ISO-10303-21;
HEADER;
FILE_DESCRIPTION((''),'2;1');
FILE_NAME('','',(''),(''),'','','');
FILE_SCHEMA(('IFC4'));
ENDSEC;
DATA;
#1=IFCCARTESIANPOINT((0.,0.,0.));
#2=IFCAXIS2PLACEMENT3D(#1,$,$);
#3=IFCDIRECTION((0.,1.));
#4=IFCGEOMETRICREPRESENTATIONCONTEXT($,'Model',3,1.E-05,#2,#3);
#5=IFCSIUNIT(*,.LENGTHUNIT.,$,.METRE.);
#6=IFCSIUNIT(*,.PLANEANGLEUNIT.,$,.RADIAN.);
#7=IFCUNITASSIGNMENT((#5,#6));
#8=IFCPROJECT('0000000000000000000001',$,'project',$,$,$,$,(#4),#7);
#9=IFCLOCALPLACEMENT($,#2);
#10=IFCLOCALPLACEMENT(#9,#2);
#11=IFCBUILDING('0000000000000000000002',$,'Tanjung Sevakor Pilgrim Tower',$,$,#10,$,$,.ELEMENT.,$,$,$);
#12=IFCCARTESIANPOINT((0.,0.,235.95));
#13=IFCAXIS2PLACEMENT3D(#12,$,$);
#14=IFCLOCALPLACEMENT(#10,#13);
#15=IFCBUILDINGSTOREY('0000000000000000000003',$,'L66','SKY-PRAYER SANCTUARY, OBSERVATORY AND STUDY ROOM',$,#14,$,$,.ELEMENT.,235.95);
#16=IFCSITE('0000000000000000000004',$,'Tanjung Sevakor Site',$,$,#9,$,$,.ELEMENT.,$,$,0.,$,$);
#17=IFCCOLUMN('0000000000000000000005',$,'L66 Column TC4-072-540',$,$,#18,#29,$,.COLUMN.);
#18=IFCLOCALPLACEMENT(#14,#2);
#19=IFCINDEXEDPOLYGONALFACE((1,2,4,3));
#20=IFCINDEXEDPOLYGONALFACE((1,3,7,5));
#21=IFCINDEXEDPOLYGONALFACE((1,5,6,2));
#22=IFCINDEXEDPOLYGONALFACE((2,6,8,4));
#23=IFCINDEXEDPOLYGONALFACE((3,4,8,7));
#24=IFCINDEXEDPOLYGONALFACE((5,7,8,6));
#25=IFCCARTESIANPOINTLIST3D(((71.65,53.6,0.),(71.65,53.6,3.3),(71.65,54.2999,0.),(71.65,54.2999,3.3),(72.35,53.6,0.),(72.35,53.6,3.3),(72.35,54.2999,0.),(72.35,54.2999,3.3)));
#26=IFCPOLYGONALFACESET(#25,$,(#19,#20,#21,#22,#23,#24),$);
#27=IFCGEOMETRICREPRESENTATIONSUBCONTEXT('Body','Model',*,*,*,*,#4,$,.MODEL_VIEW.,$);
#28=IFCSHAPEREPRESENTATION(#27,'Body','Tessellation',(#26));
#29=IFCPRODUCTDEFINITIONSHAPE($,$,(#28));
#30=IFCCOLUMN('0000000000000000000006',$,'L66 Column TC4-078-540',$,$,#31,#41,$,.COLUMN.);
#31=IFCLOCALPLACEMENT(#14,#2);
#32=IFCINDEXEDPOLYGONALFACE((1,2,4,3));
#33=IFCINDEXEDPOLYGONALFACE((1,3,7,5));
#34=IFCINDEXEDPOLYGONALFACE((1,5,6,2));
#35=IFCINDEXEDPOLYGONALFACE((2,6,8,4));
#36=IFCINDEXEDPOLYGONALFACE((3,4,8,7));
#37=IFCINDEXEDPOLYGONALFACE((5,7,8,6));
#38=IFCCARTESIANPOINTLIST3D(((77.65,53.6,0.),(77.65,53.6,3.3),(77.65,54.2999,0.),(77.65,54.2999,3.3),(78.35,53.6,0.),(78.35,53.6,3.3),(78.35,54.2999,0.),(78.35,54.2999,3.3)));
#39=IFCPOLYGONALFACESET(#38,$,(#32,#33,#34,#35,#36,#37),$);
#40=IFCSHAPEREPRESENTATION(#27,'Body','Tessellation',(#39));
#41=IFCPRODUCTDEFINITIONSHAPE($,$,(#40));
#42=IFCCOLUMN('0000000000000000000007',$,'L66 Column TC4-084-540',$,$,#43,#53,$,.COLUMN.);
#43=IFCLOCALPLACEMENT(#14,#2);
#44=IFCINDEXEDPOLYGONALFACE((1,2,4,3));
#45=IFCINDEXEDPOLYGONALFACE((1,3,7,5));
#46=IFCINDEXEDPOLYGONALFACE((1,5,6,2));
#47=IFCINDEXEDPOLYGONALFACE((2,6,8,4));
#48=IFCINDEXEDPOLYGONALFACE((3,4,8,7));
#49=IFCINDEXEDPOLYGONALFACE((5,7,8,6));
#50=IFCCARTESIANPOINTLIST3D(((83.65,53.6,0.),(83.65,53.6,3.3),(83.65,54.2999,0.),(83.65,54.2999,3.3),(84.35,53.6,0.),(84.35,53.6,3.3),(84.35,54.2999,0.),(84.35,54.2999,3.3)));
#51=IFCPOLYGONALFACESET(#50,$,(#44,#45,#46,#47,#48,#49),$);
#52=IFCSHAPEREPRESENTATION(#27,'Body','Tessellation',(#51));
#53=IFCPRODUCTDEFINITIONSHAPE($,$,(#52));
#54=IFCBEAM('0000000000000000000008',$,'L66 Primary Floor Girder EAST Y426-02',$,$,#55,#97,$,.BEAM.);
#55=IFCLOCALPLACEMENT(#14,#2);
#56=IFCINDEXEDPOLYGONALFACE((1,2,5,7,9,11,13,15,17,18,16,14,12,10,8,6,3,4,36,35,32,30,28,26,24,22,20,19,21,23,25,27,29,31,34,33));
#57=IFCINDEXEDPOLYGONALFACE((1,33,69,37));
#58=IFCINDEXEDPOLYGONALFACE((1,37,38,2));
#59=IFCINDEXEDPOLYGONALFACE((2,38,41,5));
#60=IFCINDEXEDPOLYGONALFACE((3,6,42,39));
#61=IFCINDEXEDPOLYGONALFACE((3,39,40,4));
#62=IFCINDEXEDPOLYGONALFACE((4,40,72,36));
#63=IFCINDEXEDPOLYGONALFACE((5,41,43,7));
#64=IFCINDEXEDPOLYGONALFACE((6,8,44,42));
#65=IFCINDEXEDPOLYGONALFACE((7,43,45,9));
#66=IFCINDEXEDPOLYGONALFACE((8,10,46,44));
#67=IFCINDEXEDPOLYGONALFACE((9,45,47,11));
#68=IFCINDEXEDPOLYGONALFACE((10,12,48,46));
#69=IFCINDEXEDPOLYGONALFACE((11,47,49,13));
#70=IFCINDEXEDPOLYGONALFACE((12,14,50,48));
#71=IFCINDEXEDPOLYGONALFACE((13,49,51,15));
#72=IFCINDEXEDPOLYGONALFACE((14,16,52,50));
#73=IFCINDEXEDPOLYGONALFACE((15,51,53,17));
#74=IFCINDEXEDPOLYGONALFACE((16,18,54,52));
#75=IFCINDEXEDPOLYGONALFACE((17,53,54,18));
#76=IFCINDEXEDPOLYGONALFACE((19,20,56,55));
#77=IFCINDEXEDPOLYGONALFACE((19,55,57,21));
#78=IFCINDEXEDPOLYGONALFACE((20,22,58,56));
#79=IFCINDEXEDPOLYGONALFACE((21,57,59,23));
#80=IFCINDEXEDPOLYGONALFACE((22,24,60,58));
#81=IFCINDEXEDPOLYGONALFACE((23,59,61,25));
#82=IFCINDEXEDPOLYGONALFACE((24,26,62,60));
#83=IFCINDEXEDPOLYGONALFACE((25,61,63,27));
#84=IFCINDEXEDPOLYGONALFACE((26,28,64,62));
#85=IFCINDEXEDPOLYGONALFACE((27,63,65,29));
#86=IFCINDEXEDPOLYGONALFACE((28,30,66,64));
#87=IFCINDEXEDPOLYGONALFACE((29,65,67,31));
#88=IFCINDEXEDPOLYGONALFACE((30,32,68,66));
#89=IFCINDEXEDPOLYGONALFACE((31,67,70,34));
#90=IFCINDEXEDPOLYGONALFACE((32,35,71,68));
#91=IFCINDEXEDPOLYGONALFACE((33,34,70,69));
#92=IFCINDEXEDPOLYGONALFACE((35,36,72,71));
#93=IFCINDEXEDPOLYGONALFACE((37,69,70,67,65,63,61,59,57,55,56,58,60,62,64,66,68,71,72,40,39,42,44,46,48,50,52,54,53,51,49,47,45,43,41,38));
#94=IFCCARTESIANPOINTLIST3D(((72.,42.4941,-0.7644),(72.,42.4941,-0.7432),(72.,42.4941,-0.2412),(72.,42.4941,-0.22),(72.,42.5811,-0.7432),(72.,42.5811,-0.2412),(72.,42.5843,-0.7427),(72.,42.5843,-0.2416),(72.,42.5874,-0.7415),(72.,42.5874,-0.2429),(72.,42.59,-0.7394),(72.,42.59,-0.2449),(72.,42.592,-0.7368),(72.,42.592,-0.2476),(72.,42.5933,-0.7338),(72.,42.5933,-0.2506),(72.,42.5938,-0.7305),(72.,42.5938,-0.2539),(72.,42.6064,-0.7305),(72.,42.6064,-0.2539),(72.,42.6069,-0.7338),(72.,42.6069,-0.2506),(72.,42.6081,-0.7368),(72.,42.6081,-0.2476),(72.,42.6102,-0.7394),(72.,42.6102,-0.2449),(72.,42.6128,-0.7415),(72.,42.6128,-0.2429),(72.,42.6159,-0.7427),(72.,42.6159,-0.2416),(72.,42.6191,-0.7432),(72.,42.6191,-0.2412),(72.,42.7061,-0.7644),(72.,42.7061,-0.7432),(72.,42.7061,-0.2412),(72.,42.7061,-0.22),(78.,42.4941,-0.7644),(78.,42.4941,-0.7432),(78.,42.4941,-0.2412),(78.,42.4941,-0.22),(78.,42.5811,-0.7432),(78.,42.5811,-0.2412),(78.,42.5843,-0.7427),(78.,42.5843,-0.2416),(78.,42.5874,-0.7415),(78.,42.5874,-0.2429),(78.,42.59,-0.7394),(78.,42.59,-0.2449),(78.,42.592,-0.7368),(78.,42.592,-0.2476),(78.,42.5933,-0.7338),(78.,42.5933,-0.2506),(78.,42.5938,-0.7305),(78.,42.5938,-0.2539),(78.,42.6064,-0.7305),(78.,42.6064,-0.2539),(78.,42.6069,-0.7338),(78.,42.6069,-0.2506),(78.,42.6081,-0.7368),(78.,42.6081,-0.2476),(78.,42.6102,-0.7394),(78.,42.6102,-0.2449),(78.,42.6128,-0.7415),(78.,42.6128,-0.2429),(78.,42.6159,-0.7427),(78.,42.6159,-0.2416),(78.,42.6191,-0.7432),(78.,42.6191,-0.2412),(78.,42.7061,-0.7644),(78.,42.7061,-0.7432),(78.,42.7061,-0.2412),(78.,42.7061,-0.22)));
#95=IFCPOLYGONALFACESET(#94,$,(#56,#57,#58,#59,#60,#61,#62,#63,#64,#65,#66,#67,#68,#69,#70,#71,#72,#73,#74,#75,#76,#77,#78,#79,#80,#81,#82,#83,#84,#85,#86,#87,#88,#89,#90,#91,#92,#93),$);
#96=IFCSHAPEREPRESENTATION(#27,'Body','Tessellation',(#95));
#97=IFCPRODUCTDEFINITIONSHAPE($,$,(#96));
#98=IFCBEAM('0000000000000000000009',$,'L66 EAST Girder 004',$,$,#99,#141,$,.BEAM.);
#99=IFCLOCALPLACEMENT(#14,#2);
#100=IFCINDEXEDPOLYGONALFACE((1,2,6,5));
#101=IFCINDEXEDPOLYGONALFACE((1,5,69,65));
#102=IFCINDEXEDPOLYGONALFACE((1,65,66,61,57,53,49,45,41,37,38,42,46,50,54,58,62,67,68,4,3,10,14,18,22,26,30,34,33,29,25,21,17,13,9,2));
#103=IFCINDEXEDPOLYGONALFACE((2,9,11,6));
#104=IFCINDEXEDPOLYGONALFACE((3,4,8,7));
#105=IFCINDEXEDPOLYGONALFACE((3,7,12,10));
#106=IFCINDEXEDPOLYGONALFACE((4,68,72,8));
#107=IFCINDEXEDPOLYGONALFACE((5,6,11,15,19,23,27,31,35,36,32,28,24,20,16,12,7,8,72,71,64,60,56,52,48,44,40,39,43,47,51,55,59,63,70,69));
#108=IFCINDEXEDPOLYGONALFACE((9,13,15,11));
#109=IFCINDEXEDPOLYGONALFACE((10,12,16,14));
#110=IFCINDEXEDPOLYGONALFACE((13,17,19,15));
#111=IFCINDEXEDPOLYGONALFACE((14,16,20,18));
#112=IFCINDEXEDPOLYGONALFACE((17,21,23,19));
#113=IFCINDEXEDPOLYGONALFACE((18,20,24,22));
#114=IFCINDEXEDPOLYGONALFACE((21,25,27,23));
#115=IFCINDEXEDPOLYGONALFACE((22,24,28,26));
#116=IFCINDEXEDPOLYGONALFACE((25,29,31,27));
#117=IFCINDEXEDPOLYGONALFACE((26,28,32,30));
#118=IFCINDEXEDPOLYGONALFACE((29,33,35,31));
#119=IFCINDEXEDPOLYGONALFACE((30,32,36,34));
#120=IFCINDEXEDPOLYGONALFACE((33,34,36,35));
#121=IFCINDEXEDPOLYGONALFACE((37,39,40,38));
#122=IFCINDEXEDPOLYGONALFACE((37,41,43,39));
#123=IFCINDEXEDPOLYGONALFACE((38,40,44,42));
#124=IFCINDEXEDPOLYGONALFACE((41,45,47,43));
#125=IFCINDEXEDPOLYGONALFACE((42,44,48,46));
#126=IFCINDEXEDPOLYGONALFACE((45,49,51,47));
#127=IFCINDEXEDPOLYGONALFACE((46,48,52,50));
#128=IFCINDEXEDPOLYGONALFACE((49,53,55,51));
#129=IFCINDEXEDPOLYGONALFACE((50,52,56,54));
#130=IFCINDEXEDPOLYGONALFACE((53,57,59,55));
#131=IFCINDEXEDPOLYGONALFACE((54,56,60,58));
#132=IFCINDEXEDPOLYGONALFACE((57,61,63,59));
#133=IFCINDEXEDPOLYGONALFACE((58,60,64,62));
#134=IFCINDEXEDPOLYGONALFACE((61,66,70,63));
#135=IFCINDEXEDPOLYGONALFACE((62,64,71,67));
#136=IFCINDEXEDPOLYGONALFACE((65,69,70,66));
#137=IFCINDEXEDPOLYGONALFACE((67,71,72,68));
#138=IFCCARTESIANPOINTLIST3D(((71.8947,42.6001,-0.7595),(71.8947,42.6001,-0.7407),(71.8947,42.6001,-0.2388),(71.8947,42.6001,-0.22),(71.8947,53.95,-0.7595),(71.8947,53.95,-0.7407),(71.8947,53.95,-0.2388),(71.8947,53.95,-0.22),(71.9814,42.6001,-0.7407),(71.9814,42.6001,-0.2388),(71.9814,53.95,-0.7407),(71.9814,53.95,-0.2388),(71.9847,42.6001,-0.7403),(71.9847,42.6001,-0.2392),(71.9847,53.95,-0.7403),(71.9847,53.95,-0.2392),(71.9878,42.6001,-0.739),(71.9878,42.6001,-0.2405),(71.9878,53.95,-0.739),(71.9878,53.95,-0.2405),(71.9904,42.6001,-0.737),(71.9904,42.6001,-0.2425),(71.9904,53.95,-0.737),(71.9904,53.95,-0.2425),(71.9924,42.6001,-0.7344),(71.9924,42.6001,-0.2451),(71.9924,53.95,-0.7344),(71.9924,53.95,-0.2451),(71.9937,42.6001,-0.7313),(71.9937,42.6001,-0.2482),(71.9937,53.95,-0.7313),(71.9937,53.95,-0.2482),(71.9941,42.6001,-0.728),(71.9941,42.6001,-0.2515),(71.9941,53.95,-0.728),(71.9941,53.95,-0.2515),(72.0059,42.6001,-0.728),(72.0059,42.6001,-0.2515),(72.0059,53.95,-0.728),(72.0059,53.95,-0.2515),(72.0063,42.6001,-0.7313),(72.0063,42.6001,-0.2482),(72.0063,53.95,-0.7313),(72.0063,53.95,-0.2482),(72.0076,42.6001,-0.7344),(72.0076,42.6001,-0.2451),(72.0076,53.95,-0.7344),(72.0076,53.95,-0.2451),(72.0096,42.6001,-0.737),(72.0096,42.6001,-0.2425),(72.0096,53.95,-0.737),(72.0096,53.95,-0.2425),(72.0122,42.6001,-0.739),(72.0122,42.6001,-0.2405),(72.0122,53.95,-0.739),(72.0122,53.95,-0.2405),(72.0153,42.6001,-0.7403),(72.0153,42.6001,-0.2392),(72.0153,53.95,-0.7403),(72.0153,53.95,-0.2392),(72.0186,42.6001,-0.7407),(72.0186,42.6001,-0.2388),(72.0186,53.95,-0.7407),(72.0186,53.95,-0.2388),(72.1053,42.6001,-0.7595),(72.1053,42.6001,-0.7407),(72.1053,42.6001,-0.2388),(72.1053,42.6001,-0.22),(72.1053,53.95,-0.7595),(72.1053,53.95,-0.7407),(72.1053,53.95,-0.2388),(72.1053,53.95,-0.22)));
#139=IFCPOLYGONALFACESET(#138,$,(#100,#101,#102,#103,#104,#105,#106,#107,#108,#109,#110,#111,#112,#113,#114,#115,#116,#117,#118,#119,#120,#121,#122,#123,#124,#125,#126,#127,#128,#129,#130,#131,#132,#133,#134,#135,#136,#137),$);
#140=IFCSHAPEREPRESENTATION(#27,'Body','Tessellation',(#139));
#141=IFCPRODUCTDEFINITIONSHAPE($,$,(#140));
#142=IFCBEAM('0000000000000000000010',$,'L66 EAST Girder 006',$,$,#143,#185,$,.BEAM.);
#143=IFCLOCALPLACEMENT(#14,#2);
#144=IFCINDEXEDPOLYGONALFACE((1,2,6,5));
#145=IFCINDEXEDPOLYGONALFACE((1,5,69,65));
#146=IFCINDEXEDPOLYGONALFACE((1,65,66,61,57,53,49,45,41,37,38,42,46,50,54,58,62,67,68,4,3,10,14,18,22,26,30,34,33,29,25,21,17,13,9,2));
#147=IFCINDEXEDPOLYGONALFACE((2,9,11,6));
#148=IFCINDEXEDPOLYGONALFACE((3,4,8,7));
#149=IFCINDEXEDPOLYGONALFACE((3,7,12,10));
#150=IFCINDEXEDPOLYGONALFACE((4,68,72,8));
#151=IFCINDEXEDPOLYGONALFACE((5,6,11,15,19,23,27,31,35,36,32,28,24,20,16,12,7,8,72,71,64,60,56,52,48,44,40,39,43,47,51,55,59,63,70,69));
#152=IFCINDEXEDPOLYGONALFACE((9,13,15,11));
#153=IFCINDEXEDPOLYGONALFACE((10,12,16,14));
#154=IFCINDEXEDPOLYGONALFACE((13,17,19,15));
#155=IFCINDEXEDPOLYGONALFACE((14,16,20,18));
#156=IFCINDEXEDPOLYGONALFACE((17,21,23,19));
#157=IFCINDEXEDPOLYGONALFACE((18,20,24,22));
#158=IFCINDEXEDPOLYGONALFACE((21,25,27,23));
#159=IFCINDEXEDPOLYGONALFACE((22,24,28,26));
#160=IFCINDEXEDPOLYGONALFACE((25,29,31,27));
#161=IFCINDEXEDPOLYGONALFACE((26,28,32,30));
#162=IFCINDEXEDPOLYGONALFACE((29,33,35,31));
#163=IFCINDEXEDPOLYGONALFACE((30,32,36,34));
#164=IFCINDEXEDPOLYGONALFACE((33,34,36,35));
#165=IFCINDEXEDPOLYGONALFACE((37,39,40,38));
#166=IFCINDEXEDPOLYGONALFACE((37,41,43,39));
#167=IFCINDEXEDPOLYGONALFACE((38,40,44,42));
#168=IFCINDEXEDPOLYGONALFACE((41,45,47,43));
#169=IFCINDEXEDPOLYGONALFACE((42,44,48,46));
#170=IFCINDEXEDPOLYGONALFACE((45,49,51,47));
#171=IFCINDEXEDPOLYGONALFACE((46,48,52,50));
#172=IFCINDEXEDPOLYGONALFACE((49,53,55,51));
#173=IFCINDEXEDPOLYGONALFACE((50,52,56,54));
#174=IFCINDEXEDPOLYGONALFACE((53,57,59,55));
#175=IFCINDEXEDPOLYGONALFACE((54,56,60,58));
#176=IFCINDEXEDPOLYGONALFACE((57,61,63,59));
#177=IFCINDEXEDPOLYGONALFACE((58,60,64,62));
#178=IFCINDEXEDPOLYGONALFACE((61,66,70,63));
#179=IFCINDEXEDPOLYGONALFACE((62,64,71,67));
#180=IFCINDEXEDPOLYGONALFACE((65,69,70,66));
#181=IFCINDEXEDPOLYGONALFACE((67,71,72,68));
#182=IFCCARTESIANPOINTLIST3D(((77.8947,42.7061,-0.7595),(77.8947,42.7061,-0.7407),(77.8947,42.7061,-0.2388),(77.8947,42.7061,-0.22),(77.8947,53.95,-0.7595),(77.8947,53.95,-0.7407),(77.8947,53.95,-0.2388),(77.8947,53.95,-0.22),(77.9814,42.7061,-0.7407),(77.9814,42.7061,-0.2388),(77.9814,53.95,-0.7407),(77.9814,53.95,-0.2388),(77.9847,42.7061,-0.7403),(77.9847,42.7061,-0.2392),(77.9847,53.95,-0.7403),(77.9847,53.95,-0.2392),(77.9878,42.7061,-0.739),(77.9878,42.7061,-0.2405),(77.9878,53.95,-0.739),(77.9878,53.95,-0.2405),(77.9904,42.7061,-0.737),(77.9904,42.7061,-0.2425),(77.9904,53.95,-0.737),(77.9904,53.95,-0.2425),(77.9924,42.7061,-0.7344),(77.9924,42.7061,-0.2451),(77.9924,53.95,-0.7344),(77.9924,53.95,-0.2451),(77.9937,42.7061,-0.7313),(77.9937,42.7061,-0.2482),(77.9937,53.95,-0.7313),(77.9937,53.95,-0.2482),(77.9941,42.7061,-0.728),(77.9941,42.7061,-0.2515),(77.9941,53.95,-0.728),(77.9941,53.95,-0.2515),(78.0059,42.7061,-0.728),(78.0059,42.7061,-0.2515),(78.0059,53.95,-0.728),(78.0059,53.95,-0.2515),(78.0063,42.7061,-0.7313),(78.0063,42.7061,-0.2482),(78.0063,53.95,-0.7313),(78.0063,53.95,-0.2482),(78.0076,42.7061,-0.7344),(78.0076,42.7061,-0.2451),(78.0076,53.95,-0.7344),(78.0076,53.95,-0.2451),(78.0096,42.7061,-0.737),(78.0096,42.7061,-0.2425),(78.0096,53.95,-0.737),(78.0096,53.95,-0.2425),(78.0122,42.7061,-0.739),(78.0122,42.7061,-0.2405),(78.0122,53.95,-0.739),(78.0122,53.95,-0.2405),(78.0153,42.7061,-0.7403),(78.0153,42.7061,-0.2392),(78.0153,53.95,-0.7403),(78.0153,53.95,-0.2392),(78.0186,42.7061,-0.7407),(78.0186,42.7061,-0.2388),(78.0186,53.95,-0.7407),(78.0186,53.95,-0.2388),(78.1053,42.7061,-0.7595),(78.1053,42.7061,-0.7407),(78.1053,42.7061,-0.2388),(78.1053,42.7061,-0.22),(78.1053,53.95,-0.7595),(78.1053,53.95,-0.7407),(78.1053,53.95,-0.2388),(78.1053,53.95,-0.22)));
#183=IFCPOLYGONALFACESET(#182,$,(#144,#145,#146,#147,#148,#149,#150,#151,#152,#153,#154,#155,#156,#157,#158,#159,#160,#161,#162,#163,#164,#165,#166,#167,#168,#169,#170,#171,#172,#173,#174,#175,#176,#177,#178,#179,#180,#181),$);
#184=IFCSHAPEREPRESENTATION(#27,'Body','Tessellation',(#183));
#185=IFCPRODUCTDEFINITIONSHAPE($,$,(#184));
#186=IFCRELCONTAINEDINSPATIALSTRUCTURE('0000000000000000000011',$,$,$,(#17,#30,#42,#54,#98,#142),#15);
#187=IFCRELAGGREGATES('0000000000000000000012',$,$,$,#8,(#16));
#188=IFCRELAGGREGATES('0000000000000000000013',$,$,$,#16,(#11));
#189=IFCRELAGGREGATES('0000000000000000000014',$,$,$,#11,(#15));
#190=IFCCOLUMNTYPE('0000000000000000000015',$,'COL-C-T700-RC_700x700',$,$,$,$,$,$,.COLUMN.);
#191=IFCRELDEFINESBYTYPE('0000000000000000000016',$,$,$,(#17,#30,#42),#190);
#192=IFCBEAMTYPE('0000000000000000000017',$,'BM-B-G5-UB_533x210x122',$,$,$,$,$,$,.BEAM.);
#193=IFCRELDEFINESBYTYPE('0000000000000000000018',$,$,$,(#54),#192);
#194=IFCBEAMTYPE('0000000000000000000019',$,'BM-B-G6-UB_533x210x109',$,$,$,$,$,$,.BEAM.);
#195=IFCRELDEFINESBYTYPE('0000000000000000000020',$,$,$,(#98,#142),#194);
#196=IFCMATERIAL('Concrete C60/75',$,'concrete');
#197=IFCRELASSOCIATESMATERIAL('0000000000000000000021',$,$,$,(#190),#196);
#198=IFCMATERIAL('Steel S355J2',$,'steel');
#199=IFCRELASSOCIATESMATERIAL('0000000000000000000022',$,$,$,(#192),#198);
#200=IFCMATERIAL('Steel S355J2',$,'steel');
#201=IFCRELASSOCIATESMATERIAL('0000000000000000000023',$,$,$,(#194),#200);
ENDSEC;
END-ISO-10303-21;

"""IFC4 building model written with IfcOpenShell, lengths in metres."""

from ifc_helpers import new_model, si_unit, direction, frame, origin, origin_2d, place, context, subcontext, project, spatial, rectangle, i_section, extrude, material, material_profile, profile_set, type_object, element, save


model = new_model("IFC4")

# Units and contexts
model_context = context("Model", 3, precision=1e-05, world=origin(), true_north=direction((0.0, 1.0)))
body_context = subcontext(model_context, "Body", "Model", "MODEL_VIEW")
ifc_project = project(units=[si_unit("LENGTHUNIT", "METRE"), si_unit("PLANEANGLEUNIT", "RADIAN")], contexts=[model_context])

# Site, building, storey
site_placement = place(None, origin())
site = spatial("IfcSite", under=ifc_project, at=site_placement, Name="Tanjung Sevakor Site", CompositionType="ELEMENT", RefElevation=0.0)
building_placement = place(site_placement, origin())
building = spatial("IfcBuilding", under=site, at=building_placement, Name="Tanjung Sevakor Pilgrim Tower", CompositionType="ELEMENT")
storey_placement = place(building_placement, frame((0.0, 0.0, 235.95)))
storey = spatial("IfcBuildingStorey", under=building, at=storey_placement, Name="L66", Description="SKY-PRAYER SANCTUARY, OBSERVATORY AND STUDY ROOM", CompositionType="ELEMENT", Elevation=235.95)

# Columns
ifc_material_1 = material(Name="Concrete C60/75", Category="concrete")
ifc_material_profile_1 = material_profile(ifc_material_1, rectangle(XDim=0.7, YDim=0.7, at=origin_2d()))
ifc_profile_set_1 = profile_set([ifc_material_profile_1], Name="Concrete C60/75")
column_type = type_object("IfcColumnType", Name="COL-C-T700-RC_700x700", PredefinedType="COLUMN", material=ifc_profile_set_1)
for number, where, z_axis, x_axis, name in (
    (1, (72.0, 53.95, 0.0), (0.0, 0.0, 1.0), (1.0, 0.0, 0.0), "L66 Column TC4-072-540"),
    (2, (78.0, 53.95, 0.0), (0.0, 0.0, 1.0), (1.0, 0.0, 0.0), "L66 Column TC4-078-540"),
    (3, (84.0, 53.95, 0.0), (0.0, 0.0, 1.0), (1.0, 0.0, 0.0), "L66 Column TC4-084-540"),
):
    element("IfcColumn", number, at=place(storey_placement, frame(where, z_axis=z_axis, x_axis=x_axis)), inside=storey, type_object=column_type, Name=name, PredefinedType="COLUMN", context=body_context, shape_type="SweptSolid", body=[
        extrude(rectangle(XDim=0.7, YDim=0.7, at=origin_2d()), origin(), (0.0, 0.0, 1.0), 3.3),
    ])

# Beams
ifc_material_2 = material(Name="Steel S355J2", Category="steel")
ifc_material_profile_2 = material_profile(ifc_material_2, i_section(OverallWidth=0.2119, OverallDepth=0.5444, WebThickness=0.0127, FlangeThickness=0.0212, FilletRadius=0.0127, at=origin_2d()))
ifc_profile_set_2 = profile_set([ifc_material_profile_2], Name="Steel S355J2")
beam_type_1 = type_object("IfcBeamType", Name="BM-B-G5-UB_533x210x122", PredefinedType="BEAM", material=ifc_profile_set_2)
beam_1_placement = place(storey_placement, frame((72.0, 42.6001, -0.4922), z_axis=(1.0, 0.0, 0.0), x_axis=(0.0, 1.0, 0.0)))
element("IfcBeam", 4, at=beam_1_placement, inside=storey, type_object=beam_type_1, Name="L66 Primary Floor Girder EAST Y426-02", PredefinedType="BEAM", context=body_context, shape_type="SweptSolid", body=[
    extrude(i_section(OverallWidth=0.2119, OverallDepth=0.5444, WebThickness=0.0127, FlangeThickness=0.0212, FilletRadius=0.0127, at=origin_2d()), origin(), (0.0, 0.0, 1.0), 6.0),
])
ifc_material_3 = material(Name="Steel S355J2", Category="steel")
ifc_material_profile_3 = material_profile(ifc_material_3, i_section(OverallWidth=0.2107, OverallDepth=0.5396, WebThickness=0.0117, FlangeThickness=0.0188, FilletRadius=0.0127, at=origin_2d()))
ifc_profile_set_3 = profile_set([ifc_material_profile_3], Name="Steel S355J2")
beam_type_2 = type_object("IfcBeamType", Name="BM-B-G6-UB_533x210x109", PredefinedType="BEAM", material=ifc_profile_set_3)
beam_2_placement = place(storey_placement, frame((72.0, 42.6001, -0.4897), z_axis=(0.0, 1.0, 0.0), x_axis=(-1.0, 0.0, 0.0)))
element("IfcBeam", 5, at=beam_2_placement, inside=storey, type_object=beam_type_2, Name="L66 EAST Girder 004", PredefinedType="BEAM", context=body_context, shape_type="SweptSolid", body=[
    extrude(i_section(OverallWidth=0.2107, OverallDepth=0.5396, WebThickness=0.0117, FlangeThickness=0.0188, FilletRadius=0.0127, at=origin_2d()), origin(), (0.0, 0.0, 1.0), 11.3499),
])
for number, where, z_axis, x_axis, name in (
    (6, (78.0, 42.7061, -0.4897), (0.0, 1.0, 0.0), (-1.0, 0.0, 0.0), "L66 EAST Girder 006"),
):
    element("IfcBeam", number, at=place(storey_placement, frame(where, z_axis=z_axis, x_axis=x_axis)), inside=storey, type_object=beam_type_2, Name=name, PredefinedType="BEAM", context=body_context, shape_type="SweptSolid", body=[
        extrude(i_section(OverallWidth=0.2107, OverallDepth=0.5396, WebThickness=0.0117, FlangeThickness=0.0188, FilletRadius=0.0127, at=origin_2d()), origin(), (0.0, 0.0, 1.0), 11.2439),
    ])

save(model, "model.ifc")
